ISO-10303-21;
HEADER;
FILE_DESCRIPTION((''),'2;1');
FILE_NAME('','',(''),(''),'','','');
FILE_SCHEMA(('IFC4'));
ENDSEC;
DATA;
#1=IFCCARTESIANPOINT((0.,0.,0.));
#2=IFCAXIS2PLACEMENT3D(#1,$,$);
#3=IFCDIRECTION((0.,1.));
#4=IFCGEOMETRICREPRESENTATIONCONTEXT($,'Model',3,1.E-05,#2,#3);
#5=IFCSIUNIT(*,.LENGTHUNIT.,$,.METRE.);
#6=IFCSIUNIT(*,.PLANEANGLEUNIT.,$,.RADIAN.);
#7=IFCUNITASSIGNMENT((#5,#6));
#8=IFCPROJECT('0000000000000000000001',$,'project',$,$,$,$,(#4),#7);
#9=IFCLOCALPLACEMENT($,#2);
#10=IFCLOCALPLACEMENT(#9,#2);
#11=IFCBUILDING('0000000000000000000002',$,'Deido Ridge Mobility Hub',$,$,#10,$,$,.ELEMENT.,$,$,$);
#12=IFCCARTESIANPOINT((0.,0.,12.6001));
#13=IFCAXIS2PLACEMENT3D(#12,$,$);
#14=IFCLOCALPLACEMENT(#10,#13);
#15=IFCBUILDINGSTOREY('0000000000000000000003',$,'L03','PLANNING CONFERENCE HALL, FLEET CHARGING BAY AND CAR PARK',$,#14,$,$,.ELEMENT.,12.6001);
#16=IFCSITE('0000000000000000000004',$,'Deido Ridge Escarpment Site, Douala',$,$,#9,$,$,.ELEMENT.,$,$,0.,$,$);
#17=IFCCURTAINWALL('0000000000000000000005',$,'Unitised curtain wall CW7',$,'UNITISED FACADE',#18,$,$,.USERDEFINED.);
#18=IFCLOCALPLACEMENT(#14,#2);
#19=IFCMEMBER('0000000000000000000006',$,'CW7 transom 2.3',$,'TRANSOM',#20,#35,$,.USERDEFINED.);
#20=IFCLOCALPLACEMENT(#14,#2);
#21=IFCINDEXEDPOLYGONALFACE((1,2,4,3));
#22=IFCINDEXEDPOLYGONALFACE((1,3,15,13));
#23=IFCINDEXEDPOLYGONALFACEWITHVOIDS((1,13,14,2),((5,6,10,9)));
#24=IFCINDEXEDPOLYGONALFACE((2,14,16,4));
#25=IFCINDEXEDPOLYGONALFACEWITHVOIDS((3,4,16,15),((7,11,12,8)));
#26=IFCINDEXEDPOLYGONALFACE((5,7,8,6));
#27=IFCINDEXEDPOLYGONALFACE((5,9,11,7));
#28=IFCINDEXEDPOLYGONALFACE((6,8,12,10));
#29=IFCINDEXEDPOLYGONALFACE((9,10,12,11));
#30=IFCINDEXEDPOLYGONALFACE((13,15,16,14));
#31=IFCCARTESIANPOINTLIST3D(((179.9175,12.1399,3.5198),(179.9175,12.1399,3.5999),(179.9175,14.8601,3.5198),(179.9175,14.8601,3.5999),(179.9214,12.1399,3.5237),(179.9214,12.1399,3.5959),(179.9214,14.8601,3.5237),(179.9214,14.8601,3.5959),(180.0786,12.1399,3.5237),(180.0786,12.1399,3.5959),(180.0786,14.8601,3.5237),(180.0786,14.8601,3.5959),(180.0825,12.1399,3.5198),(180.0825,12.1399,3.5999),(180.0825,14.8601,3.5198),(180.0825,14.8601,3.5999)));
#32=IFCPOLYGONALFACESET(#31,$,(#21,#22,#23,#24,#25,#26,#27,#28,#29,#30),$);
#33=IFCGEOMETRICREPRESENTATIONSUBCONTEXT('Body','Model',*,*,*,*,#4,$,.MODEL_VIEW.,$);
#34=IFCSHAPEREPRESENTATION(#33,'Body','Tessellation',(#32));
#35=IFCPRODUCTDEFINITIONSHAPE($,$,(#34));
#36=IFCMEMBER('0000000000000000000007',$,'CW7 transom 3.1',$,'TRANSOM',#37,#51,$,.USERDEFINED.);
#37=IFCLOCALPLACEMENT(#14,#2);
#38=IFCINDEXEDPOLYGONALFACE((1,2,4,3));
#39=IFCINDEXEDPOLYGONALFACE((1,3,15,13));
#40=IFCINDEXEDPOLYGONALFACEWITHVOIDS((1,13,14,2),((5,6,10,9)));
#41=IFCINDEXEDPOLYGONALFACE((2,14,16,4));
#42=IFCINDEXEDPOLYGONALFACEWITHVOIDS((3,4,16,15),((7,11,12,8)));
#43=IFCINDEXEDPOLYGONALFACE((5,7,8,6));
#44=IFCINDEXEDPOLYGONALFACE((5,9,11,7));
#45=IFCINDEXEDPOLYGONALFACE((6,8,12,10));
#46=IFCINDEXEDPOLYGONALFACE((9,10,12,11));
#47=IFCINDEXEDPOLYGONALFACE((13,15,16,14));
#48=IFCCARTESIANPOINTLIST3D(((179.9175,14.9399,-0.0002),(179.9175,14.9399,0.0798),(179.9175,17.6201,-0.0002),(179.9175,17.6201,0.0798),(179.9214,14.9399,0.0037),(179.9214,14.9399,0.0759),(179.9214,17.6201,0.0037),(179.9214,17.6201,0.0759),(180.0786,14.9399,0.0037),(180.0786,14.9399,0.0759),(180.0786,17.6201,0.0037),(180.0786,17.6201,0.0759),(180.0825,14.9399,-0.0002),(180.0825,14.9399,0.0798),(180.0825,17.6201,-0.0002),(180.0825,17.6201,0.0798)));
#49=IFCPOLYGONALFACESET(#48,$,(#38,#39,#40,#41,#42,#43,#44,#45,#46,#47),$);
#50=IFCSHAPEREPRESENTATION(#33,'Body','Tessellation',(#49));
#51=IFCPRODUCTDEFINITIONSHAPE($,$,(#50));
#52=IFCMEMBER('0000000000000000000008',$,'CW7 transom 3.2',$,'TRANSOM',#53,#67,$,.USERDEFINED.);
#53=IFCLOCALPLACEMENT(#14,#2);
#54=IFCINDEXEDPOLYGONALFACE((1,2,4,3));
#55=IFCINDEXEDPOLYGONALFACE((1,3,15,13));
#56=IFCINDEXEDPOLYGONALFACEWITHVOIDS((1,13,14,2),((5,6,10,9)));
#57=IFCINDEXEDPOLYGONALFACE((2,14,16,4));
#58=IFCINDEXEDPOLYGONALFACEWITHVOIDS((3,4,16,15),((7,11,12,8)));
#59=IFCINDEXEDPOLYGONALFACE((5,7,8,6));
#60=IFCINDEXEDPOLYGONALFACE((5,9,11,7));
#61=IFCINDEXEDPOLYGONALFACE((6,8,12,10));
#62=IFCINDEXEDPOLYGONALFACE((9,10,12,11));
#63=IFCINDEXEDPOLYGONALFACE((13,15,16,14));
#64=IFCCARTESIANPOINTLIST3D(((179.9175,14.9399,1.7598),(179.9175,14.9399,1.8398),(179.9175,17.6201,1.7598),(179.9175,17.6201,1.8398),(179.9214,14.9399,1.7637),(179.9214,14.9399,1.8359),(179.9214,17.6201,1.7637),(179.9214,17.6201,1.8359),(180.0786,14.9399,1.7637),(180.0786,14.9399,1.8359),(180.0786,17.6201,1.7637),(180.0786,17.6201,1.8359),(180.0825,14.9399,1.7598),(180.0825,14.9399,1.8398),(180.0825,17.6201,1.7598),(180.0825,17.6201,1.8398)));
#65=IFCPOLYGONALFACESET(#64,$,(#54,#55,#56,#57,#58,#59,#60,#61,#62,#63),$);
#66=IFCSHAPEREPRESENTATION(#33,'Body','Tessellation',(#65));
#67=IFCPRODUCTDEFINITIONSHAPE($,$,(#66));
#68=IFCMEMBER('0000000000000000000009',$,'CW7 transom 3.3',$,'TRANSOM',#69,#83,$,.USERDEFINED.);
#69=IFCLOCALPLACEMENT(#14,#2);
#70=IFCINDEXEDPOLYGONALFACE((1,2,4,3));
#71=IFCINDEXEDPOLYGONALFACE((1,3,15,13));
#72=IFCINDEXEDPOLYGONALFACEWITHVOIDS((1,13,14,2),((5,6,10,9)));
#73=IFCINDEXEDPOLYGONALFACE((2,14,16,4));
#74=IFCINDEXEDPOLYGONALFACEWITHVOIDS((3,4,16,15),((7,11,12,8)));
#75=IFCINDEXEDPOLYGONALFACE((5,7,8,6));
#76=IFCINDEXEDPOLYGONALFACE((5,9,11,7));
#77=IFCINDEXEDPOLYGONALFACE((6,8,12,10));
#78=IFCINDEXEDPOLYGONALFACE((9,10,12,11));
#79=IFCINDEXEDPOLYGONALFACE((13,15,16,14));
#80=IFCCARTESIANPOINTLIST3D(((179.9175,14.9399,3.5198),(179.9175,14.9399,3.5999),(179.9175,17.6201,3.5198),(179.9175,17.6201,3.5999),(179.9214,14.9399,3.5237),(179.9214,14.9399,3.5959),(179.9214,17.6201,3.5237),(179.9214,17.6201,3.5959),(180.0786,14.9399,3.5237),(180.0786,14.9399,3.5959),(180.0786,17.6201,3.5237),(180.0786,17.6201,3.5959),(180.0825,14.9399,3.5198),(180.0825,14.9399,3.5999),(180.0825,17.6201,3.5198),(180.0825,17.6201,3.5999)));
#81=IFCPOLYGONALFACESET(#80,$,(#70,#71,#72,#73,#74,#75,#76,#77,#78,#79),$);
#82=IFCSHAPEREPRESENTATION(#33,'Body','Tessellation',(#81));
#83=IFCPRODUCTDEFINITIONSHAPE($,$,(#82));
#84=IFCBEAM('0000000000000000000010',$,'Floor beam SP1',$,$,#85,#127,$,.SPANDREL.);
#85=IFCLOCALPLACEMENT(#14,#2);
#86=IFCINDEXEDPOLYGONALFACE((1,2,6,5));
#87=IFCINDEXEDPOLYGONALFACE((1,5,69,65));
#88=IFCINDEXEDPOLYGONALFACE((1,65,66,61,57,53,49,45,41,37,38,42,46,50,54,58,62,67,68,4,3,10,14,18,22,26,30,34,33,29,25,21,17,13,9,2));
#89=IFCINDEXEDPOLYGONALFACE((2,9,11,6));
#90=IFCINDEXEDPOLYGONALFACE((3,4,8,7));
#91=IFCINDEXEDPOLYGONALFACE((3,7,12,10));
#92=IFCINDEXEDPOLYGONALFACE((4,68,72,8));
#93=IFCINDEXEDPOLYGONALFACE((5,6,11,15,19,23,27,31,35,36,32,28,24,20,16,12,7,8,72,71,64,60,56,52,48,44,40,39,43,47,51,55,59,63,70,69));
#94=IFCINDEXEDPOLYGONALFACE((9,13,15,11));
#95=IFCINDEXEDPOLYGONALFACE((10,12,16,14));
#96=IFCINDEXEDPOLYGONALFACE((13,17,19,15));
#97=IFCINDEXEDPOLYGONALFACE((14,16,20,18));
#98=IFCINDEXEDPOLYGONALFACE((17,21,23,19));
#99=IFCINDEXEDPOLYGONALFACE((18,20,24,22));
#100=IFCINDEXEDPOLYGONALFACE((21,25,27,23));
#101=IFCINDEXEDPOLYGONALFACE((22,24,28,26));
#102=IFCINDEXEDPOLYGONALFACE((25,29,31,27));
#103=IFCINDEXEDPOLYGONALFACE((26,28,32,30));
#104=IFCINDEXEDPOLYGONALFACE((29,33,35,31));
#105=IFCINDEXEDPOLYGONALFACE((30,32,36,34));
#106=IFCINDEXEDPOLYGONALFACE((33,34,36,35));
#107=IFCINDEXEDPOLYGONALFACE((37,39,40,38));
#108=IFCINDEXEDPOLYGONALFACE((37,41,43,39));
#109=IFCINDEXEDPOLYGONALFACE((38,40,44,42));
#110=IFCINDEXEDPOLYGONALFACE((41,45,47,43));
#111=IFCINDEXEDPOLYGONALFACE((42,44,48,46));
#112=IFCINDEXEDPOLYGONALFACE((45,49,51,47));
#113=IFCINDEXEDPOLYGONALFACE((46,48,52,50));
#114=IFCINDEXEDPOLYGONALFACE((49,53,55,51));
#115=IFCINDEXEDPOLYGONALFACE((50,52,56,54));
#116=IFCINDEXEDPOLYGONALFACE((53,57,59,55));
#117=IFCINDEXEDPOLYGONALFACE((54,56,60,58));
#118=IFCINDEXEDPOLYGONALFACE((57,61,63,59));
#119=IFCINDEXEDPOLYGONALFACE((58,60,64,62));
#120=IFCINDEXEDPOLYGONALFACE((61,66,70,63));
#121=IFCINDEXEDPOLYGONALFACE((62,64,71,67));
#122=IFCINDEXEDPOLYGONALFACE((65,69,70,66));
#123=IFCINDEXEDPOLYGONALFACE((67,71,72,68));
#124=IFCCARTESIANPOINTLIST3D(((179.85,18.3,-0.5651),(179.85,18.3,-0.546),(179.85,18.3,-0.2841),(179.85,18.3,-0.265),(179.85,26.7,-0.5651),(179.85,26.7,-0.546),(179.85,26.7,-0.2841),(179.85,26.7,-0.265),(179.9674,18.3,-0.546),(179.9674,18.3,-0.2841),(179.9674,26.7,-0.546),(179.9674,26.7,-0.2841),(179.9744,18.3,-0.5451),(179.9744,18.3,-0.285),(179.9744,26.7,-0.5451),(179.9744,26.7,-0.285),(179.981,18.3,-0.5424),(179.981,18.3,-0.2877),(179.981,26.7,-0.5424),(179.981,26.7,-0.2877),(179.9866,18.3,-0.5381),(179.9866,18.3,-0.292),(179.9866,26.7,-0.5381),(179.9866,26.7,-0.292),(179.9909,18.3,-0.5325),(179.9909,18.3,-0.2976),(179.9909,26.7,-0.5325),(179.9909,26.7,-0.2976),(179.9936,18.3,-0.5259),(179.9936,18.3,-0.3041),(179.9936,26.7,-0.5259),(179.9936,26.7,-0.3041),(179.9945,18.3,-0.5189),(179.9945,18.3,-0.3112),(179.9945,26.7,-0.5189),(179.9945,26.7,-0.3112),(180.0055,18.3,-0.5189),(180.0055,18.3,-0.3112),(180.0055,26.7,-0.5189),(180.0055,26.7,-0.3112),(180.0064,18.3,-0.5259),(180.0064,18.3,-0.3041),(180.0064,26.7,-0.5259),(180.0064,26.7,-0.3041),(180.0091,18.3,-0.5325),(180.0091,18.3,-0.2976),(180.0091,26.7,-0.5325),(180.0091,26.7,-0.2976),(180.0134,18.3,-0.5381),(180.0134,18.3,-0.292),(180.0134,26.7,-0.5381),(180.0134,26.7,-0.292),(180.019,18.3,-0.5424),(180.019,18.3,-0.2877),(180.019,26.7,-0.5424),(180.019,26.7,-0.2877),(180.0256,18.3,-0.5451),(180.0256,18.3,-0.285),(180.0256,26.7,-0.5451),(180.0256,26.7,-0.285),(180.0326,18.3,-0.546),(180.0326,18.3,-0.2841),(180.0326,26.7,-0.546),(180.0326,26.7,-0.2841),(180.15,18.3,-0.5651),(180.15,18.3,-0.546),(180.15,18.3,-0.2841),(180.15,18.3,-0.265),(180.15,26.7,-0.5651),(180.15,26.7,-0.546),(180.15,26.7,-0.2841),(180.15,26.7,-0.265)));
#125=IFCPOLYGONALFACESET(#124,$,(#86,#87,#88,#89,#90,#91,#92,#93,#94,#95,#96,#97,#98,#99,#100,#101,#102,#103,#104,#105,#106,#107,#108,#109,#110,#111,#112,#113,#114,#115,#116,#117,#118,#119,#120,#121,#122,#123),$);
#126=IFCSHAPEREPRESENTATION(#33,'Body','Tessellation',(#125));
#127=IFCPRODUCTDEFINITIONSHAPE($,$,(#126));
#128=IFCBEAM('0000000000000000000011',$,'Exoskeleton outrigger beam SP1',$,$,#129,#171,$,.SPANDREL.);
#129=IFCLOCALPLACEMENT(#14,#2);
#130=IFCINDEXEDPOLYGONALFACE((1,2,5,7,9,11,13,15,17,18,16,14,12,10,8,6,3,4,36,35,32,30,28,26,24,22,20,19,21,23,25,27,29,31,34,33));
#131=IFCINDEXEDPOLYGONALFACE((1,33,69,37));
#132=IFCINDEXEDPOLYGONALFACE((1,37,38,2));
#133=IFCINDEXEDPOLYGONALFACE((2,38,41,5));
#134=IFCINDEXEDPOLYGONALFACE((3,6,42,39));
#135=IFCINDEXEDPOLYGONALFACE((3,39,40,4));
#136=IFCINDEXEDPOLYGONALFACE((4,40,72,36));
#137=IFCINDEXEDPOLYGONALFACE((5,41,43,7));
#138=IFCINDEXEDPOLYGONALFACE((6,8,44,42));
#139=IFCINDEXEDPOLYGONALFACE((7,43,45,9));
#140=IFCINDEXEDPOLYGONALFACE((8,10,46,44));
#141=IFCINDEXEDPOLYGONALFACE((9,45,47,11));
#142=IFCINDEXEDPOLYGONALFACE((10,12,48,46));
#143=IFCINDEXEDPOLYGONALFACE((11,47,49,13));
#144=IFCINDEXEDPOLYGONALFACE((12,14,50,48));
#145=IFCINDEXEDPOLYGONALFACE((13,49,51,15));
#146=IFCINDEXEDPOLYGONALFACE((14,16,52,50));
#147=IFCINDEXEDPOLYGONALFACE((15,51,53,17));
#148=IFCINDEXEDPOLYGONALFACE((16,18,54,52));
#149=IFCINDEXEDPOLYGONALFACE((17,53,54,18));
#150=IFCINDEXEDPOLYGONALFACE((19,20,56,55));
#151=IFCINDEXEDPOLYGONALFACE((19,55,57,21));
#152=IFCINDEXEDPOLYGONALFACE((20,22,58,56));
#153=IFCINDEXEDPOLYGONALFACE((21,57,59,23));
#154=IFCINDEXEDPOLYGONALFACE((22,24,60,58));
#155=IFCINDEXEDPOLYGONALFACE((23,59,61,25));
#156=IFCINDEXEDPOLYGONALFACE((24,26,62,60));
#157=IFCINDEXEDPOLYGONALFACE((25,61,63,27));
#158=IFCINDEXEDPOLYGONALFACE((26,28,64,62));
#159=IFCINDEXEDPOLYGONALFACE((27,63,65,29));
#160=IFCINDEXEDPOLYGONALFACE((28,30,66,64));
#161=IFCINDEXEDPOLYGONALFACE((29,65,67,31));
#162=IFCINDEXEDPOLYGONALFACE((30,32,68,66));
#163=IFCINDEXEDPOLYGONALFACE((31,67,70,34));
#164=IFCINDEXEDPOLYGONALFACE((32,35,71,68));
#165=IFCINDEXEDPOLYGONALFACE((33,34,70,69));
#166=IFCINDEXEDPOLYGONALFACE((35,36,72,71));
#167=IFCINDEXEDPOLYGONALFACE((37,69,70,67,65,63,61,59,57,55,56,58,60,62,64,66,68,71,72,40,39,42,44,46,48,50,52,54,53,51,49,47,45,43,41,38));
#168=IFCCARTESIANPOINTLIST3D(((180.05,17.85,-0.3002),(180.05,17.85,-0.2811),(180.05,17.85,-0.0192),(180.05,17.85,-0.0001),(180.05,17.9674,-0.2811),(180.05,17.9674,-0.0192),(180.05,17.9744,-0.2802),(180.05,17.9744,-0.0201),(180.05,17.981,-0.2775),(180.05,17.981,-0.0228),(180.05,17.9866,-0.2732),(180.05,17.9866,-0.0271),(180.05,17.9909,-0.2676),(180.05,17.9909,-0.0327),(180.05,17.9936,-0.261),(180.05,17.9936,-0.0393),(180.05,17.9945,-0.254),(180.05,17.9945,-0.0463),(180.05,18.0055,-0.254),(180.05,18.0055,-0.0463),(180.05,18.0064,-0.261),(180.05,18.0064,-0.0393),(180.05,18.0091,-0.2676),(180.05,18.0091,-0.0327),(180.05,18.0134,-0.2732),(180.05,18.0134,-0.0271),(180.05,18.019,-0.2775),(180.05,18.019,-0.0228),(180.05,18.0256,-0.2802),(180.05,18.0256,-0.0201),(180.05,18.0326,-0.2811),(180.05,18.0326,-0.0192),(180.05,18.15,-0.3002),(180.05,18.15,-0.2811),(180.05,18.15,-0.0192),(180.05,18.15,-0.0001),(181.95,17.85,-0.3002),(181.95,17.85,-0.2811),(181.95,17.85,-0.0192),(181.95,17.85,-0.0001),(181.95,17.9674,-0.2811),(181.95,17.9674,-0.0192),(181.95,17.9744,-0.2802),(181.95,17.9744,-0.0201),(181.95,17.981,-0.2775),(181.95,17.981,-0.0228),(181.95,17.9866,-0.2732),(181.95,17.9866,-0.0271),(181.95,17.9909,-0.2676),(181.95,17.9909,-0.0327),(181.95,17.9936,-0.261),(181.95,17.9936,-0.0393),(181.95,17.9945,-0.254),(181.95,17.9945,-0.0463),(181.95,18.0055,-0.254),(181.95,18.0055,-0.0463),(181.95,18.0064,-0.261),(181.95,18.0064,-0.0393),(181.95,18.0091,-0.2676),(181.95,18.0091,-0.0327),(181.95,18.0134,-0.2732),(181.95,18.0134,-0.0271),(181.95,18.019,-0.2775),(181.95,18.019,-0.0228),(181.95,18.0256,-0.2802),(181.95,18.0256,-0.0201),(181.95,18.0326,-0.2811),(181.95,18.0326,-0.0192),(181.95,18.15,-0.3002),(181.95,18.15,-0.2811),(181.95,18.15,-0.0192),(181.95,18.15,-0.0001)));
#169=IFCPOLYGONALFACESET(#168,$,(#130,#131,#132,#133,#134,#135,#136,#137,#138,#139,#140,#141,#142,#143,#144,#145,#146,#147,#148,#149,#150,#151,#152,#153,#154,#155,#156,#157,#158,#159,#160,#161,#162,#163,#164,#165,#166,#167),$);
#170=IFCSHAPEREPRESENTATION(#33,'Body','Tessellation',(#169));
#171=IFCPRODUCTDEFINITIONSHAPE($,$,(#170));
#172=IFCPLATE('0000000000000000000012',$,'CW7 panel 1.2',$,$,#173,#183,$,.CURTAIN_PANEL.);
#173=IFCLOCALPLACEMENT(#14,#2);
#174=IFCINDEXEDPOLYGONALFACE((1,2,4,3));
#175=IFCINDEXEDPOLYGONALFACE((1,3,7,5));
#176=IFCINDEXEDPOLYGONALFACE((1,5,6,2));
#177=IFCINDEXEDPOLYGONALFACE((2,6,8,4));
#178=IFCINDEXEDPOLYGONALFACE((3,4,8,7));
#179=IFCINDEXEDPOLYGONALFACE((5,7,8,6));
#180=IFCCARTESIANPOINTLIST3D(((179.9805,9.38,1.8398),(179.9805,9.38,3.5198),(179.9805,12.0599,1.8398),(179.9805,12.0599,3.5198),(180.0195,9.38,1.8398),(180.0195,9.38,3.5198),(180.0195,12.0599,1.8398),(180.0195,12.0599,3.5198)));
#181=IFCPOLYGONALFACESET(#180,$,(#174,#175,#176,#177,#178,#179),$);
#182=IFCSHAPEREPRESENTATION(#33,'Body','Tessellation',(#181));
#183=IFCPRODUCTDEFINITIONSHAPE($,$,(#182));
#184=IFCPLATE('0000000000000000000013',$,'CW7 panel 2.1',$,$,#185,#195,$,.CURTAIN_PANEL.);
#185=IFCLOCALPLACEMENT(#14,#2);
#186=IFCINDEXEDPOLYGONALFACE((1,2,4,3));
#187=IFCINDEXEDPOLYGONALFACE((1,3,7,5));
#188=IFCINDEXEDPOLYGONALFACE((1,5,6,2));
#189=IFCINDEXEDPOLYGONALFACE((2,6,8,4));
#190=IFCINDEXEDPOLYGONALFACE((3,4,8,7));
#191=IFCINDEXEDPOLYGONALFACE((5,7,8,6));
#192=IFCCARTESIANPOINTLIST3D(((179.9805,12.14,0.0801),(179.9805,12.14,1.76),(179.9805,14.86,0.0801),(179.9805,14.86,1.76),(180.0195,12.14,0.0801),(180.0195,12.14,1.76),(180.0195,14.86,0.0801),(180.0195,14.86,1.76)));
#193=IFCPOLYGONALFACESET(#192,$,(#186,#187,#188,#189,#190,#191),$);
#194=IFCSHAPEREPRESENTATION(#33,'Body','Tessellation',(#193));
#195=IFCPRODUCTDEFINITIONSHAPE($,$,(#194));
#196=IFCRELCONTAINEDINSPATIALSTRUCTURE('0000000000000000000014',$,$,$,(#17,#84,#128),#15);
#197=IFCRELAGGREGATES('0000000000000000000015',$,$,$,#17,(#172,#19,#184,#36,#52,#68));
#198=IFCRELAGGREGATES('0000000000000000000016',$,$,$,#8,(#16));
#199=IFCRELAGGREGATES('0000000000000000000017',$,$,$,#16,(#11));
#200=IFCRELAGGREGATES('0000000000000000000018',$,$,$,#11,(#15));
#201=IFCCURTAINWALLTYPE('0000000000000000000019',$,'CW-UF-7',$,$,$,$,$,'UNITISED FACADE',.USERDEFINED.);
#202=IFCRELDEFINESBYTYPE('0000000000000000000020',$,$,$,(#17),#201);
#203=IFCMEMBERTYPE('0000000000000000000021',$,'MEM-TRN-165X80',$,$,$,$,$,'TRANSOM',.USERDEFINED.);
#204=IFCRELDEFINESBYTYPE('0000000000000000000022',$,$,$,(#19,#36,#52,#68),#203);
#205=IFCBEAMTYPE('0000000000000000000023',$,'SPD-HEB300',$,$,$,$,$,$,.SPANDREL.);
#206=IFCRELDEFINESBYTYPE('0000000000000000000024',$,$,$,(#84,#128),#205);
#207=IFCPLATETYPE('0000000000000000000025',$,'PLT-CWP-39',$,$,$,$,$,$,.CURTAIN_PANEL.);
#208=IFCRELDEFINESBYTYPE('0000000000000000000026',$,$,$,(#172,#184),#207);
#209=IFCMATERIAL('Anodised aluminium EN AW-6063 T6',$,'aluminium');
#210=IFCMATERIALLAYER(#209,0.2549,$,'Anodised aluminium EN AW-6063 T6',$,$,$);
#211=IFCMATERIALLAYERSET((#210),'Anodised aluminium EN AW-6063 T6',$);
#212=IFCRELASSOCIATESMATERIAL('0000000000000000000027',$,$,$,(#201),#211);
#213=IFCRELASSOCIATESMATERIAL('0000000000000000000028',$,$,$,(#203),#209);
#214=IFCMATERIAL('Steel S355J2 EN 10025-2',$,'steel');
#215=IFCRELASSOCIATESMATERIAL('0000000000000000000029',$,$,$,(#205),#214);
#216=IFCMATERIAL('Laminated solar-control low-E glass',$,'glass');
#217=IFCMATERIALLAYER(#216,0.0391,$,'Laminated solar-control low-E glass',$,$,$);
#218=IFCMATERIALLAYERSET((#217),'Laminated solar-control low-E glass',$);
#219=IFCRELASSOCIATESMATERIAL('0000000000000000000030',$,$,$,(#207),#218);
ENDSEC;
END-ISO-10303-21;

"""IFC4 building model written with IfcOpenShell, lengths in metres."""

from ifc_helpers import new_model, si_unit, direction, frame, origin, origin_2d, place, context, subcontext, project, spatial, rectangle, hollow_rectangle, i_section, extrude, material, layer, layer_set, material_profile, profile_set, type_object, element, aggregate, save


model = new_model("IFC4")

# Units and contexts
model_context = context("Model", 3, precision=1e-05, world=origin(), true_north=direction((0.0, 1.0)))
body_context = subcontext(model_context, "Body", "Model", "MODEL_VIEW")
ifc_project = project(units=[si_unit("LENGTHUNIT", "METRE"), si_unit("PLANEANGLEUNIT", "RADIAN")], contexts=[model_context])

# Site, building, storey
site_placement = place(None, origin())
site = spatial("IfcSite", under=ifc_project, at=site_placement, Name="Deido Ridge Escarpment Site, Douala", CompositionType="ELEMENT", RefElevation=0.0)
building_placement = place(site_placement, origin())
building = spatial("IfcBuilding", under=site, at=building_placement, Name="Deido Ridge Mobility Hub", CompositionType="ELEMENT")
storey_placement = place(building_placement, frame((0.0, 0.0, 12.6001)))
storey = spatial("IfcBuildingStorey", under=building, at=storey_placement, Name="L03", Description="PLANNING CONFERENCE HALL, FLEET CHARGING BAY AND CAR PARK", CompositionType="ELEMENT", Elevation=12.6001)

# Shared definitions
ifc_material_1 = material(Name="Steel S355J2 EN 10025-2", Category="steel")

# Curtain wall, members
ifc_material_2 = material(Name="Anodised aluminium EN AW-6063 T6", Category="aluminium")
ifc_layer_1 = layer(ifc_material_2, 0.2549, Name="Anodised aluminium EN AW-6063 T6")
ifc_layer_set_1 = layer_set([ifc_layer_1], Name="Anodised aluminium EN AW-6063 T6")
curtain_wall_type = type_object("IfcCurtainWallType", Name="CW-UF-7", ElementType="UNITISED FACADE", PredefinedType="USERDEFINED", material=ifc_layer_set_1)
curtain_wall_placement = place(storey_placement, origin())
curtain_wall = element("IfcCurtainWall", 1, at=curtain_wall_placement, inside=storey, type_object=curtain_wall_type, Name="Unitised curtain wall CW7", ObjectType="UNITISED FACADE", PredefinedType="USERDEFINED")
ifc_material_profile_1 = material_profile(ifc_material_2, hollow_rectangle(XDim=0.165, YDim=0.0801, WallThickness=0.0039, at=origin_2d()), Name="RHS 165x80x4")
ifc_profile_set_1 = profile_set([ifc_material_profile_1], Name="Anodised aluminium EN AW-6063 T6")
member_type_1 = type_object("IfcMemberType", Name="MEM-TRN-165X80", ElementType="TRANSOM", PredefinedType="USERDEFINED", material=ifc_profile_set_1)
member_1_placement = place(storey_placement, frame((180.0, 12.1399, 3.5598), z_axis=(0.0, 1.0, 0.0), x_axis=(-1.0, 0.0, 0.0)))
member_1 = element("IfcMember", 2, at=member_1_placement, type_object=member_type_1, Name="CW7 transom 2.3", ObjectType="TRANSOM", PredefinedType="USERDEFINED", context=body_context, shape_type="SweptSolid", body=[
    extrude(hollow_rectangle(XDim=0.165, YDim=0.0801, WallThickness=0.0039, at=origin_2d()), origin(), (0.0, 0.0, 1.0), 2.7202),
])
member_2_placement = place(storey_placement, frame((180.0, 14.9399, 0.0398), z_axis=(0.0, 1.0, 0.0), x_axis=(-1.0, 0.0, 0.0)))
member_2 = element("IfcMember", 3, at=member_2_placement, type_object=member_type_1, Name="CW7 transom 3.1", ObjectType="TRANSOM", PredefinedType="USERDEFINED", context=body_context, shape_type="SweptSolid", body=[
    extrude(hollow_rectangle(XDim=0.165, YDim=0.0801, WallThickness=0.0039, at=origin_2d()), origin(), (0.0, 0.0, 1.0), 2.6802),
])
member_3_placement = place(storey_placement, frame((180.0, 14.9399, 1.7998), z_axis=(0.0, 1.0, 0.0), x_axis=(-1.0, 0.0, 0.0)))
member_3 = element("IfcMember", 4, at=member_3_placement, type_object=member_type_1, Name="CW7 transom 3.2", ObjectType="TRANSOM", PredefinedType="USERDEFINED", context=body_context, shape_type="SweptSolid", body=[
    extrude(hollow_rectangle(XDim=0.165, YDim=0.0801, WallThickness=0.0039, at=origin_2d()), origin(), (0.0, 0.0, 1.0), 2.6802),
])
member_4_placement = place(storey_placement, frame((180.0, 14.9399, 3.5598), z_axis=(0.0, 1.0, 0.0), x_axis=(-1.0, 0.0, 0.0)))
member_4 = element("IfcMember", 5, at=member_4_placement, type_object=member_type_1, Name="CW7 transom 3.3", ObjectType="TRANSOM", PredefinedType="USERDEFINED", context=body_context, shape_type="SweptSolid", body=[
    extrude(hollow_rectangle(XDim=0.165, YDim=0.0801, WallThickness=0.0039, at=origin_2d()), origin(), (0.0, 0.0, 1.0), 2.6802),
])

# Beams
ifc_material_profile_2 = material_profile(ifc_material_1, i_section(OverallWidth=0.3, OverallDepth=0.3, WebThickness=0.011, FlangeThickness=0.019, FilletRadius=0.0271, at=origin_2d()), Name="HEB 300")
ifc_profile_set_2 = profile_set([ifc_material_profile_2], Name="Steel S355J2 EN 10025-2")
beam_type_1 = type_object("IfcBeamType", Name="SPD-HEB300", PredefinedType="SPANDREL", material=ifc_profile_set_2)
beam_1_placement = place(storey_placement, frame((180.0, 18.3, -0.415), z_axis=(0.0, 1.0, 0.0), x_axis=(-1.0, 0.0, 0.0)))
element("IfcBeam", 6, at=beam_1_placement, inside=storey, type_object=beam_type_1, Name="Floor beam SP1", PredefinedType="SPANDREL", context=body_context, shape_type="SweptSolid", body=[
    extrude(i_section(OverallWidth=0.3, OverallDepth=0.3, WebThickness=0.011, FlangeThickness=0.019, FilletRadius=0.0271, at=origin_2d()), origin(), (0.0, 0.0, 1.0), 8.3999),
])
beam_2_placement = place(storey_placement, frame((180.05, 18.0, -0.1501), z_axis=(1.0, 0.0, 0.0), x_axis=(0.0, 1.0, 0.0)))
element("IfcBeam", 7, at=beam_2_placement, inside=storey, type_object=beam_type_1, Name="Exoskeleton outrigger beam SP1", PredefinedType="SPANDREL", context=body_context, shape_type="SweptSolid", body=[
    extrude(i_section(OverallWidth=0.3, OverallDepth=0.3, WebThickness=0.011, FlangeThickness=0.019, FilletRadius=0.0271, at=origin_2d()), origin(), (0.0, 0.0, 1.0), 1.8999),
])

# Plates
ifc_material_3 = material(Name="Laminated solar-control low-E glass", Category="glass")
ifc_layer_2 = layer(ifc_material_3, 0.0391, Name="Laminated solar-control low-E glass")
ifc_layer_set_2 = layer_set([ifc_layer_2], Name="Laminated solar-control low-E glass")
plate_type = type_object("IfcPlateType", Name="PLT-CWP-39", PredefinedType="CURTAIN_PANEL", material=ifc_layer_set_2)
plate_1_placement = place(storey_placement, frame((180.0, 10.72, 1.8398), z_axis=(0.0, 0.0, 1.0), x_axis=(0.0, 1.0, 0.0)))
plate_1 = element("IfcPlate", 8, at=plate_1_placement, type_object=plate_type, Name="CW7 panel 1.2", PredefinedType="CURTAIN_PANEL", context=body_context, shape_type="SweptSolid", body=[
    extrude(rectangle(XDim=2.6799, YDim=0.0391, at=origin_2d()), origin(), (0.0, 0.0, 1.0), 1.6799),
])
plate_2_placement = place(storey_placement, frame((180.0, 13.5, 0.0801), z_axis=(0.0, 0.0, 1.0), x_axis=(0.0, 1.0, 0.0)))
plate_2 = element("IfcPlate", 9, at=plate_2_placement, type_object=plate_type, Name="CW7 panel 2.1", PredefinedType="CURTAIN_PANEL", context=body_context, shape_type="SweptSolid", body=[
    extrude(rectangle(XDim=2.72, YDim=0.0391, at=origin_2d()), origin(), (0.0, 0.0, 1.0), 1.6799),
])
aggregate(curtain_wall, [plate_1, member_1, plate_2, member_2, member_3, member_4])

save(model, "model.ifc")
